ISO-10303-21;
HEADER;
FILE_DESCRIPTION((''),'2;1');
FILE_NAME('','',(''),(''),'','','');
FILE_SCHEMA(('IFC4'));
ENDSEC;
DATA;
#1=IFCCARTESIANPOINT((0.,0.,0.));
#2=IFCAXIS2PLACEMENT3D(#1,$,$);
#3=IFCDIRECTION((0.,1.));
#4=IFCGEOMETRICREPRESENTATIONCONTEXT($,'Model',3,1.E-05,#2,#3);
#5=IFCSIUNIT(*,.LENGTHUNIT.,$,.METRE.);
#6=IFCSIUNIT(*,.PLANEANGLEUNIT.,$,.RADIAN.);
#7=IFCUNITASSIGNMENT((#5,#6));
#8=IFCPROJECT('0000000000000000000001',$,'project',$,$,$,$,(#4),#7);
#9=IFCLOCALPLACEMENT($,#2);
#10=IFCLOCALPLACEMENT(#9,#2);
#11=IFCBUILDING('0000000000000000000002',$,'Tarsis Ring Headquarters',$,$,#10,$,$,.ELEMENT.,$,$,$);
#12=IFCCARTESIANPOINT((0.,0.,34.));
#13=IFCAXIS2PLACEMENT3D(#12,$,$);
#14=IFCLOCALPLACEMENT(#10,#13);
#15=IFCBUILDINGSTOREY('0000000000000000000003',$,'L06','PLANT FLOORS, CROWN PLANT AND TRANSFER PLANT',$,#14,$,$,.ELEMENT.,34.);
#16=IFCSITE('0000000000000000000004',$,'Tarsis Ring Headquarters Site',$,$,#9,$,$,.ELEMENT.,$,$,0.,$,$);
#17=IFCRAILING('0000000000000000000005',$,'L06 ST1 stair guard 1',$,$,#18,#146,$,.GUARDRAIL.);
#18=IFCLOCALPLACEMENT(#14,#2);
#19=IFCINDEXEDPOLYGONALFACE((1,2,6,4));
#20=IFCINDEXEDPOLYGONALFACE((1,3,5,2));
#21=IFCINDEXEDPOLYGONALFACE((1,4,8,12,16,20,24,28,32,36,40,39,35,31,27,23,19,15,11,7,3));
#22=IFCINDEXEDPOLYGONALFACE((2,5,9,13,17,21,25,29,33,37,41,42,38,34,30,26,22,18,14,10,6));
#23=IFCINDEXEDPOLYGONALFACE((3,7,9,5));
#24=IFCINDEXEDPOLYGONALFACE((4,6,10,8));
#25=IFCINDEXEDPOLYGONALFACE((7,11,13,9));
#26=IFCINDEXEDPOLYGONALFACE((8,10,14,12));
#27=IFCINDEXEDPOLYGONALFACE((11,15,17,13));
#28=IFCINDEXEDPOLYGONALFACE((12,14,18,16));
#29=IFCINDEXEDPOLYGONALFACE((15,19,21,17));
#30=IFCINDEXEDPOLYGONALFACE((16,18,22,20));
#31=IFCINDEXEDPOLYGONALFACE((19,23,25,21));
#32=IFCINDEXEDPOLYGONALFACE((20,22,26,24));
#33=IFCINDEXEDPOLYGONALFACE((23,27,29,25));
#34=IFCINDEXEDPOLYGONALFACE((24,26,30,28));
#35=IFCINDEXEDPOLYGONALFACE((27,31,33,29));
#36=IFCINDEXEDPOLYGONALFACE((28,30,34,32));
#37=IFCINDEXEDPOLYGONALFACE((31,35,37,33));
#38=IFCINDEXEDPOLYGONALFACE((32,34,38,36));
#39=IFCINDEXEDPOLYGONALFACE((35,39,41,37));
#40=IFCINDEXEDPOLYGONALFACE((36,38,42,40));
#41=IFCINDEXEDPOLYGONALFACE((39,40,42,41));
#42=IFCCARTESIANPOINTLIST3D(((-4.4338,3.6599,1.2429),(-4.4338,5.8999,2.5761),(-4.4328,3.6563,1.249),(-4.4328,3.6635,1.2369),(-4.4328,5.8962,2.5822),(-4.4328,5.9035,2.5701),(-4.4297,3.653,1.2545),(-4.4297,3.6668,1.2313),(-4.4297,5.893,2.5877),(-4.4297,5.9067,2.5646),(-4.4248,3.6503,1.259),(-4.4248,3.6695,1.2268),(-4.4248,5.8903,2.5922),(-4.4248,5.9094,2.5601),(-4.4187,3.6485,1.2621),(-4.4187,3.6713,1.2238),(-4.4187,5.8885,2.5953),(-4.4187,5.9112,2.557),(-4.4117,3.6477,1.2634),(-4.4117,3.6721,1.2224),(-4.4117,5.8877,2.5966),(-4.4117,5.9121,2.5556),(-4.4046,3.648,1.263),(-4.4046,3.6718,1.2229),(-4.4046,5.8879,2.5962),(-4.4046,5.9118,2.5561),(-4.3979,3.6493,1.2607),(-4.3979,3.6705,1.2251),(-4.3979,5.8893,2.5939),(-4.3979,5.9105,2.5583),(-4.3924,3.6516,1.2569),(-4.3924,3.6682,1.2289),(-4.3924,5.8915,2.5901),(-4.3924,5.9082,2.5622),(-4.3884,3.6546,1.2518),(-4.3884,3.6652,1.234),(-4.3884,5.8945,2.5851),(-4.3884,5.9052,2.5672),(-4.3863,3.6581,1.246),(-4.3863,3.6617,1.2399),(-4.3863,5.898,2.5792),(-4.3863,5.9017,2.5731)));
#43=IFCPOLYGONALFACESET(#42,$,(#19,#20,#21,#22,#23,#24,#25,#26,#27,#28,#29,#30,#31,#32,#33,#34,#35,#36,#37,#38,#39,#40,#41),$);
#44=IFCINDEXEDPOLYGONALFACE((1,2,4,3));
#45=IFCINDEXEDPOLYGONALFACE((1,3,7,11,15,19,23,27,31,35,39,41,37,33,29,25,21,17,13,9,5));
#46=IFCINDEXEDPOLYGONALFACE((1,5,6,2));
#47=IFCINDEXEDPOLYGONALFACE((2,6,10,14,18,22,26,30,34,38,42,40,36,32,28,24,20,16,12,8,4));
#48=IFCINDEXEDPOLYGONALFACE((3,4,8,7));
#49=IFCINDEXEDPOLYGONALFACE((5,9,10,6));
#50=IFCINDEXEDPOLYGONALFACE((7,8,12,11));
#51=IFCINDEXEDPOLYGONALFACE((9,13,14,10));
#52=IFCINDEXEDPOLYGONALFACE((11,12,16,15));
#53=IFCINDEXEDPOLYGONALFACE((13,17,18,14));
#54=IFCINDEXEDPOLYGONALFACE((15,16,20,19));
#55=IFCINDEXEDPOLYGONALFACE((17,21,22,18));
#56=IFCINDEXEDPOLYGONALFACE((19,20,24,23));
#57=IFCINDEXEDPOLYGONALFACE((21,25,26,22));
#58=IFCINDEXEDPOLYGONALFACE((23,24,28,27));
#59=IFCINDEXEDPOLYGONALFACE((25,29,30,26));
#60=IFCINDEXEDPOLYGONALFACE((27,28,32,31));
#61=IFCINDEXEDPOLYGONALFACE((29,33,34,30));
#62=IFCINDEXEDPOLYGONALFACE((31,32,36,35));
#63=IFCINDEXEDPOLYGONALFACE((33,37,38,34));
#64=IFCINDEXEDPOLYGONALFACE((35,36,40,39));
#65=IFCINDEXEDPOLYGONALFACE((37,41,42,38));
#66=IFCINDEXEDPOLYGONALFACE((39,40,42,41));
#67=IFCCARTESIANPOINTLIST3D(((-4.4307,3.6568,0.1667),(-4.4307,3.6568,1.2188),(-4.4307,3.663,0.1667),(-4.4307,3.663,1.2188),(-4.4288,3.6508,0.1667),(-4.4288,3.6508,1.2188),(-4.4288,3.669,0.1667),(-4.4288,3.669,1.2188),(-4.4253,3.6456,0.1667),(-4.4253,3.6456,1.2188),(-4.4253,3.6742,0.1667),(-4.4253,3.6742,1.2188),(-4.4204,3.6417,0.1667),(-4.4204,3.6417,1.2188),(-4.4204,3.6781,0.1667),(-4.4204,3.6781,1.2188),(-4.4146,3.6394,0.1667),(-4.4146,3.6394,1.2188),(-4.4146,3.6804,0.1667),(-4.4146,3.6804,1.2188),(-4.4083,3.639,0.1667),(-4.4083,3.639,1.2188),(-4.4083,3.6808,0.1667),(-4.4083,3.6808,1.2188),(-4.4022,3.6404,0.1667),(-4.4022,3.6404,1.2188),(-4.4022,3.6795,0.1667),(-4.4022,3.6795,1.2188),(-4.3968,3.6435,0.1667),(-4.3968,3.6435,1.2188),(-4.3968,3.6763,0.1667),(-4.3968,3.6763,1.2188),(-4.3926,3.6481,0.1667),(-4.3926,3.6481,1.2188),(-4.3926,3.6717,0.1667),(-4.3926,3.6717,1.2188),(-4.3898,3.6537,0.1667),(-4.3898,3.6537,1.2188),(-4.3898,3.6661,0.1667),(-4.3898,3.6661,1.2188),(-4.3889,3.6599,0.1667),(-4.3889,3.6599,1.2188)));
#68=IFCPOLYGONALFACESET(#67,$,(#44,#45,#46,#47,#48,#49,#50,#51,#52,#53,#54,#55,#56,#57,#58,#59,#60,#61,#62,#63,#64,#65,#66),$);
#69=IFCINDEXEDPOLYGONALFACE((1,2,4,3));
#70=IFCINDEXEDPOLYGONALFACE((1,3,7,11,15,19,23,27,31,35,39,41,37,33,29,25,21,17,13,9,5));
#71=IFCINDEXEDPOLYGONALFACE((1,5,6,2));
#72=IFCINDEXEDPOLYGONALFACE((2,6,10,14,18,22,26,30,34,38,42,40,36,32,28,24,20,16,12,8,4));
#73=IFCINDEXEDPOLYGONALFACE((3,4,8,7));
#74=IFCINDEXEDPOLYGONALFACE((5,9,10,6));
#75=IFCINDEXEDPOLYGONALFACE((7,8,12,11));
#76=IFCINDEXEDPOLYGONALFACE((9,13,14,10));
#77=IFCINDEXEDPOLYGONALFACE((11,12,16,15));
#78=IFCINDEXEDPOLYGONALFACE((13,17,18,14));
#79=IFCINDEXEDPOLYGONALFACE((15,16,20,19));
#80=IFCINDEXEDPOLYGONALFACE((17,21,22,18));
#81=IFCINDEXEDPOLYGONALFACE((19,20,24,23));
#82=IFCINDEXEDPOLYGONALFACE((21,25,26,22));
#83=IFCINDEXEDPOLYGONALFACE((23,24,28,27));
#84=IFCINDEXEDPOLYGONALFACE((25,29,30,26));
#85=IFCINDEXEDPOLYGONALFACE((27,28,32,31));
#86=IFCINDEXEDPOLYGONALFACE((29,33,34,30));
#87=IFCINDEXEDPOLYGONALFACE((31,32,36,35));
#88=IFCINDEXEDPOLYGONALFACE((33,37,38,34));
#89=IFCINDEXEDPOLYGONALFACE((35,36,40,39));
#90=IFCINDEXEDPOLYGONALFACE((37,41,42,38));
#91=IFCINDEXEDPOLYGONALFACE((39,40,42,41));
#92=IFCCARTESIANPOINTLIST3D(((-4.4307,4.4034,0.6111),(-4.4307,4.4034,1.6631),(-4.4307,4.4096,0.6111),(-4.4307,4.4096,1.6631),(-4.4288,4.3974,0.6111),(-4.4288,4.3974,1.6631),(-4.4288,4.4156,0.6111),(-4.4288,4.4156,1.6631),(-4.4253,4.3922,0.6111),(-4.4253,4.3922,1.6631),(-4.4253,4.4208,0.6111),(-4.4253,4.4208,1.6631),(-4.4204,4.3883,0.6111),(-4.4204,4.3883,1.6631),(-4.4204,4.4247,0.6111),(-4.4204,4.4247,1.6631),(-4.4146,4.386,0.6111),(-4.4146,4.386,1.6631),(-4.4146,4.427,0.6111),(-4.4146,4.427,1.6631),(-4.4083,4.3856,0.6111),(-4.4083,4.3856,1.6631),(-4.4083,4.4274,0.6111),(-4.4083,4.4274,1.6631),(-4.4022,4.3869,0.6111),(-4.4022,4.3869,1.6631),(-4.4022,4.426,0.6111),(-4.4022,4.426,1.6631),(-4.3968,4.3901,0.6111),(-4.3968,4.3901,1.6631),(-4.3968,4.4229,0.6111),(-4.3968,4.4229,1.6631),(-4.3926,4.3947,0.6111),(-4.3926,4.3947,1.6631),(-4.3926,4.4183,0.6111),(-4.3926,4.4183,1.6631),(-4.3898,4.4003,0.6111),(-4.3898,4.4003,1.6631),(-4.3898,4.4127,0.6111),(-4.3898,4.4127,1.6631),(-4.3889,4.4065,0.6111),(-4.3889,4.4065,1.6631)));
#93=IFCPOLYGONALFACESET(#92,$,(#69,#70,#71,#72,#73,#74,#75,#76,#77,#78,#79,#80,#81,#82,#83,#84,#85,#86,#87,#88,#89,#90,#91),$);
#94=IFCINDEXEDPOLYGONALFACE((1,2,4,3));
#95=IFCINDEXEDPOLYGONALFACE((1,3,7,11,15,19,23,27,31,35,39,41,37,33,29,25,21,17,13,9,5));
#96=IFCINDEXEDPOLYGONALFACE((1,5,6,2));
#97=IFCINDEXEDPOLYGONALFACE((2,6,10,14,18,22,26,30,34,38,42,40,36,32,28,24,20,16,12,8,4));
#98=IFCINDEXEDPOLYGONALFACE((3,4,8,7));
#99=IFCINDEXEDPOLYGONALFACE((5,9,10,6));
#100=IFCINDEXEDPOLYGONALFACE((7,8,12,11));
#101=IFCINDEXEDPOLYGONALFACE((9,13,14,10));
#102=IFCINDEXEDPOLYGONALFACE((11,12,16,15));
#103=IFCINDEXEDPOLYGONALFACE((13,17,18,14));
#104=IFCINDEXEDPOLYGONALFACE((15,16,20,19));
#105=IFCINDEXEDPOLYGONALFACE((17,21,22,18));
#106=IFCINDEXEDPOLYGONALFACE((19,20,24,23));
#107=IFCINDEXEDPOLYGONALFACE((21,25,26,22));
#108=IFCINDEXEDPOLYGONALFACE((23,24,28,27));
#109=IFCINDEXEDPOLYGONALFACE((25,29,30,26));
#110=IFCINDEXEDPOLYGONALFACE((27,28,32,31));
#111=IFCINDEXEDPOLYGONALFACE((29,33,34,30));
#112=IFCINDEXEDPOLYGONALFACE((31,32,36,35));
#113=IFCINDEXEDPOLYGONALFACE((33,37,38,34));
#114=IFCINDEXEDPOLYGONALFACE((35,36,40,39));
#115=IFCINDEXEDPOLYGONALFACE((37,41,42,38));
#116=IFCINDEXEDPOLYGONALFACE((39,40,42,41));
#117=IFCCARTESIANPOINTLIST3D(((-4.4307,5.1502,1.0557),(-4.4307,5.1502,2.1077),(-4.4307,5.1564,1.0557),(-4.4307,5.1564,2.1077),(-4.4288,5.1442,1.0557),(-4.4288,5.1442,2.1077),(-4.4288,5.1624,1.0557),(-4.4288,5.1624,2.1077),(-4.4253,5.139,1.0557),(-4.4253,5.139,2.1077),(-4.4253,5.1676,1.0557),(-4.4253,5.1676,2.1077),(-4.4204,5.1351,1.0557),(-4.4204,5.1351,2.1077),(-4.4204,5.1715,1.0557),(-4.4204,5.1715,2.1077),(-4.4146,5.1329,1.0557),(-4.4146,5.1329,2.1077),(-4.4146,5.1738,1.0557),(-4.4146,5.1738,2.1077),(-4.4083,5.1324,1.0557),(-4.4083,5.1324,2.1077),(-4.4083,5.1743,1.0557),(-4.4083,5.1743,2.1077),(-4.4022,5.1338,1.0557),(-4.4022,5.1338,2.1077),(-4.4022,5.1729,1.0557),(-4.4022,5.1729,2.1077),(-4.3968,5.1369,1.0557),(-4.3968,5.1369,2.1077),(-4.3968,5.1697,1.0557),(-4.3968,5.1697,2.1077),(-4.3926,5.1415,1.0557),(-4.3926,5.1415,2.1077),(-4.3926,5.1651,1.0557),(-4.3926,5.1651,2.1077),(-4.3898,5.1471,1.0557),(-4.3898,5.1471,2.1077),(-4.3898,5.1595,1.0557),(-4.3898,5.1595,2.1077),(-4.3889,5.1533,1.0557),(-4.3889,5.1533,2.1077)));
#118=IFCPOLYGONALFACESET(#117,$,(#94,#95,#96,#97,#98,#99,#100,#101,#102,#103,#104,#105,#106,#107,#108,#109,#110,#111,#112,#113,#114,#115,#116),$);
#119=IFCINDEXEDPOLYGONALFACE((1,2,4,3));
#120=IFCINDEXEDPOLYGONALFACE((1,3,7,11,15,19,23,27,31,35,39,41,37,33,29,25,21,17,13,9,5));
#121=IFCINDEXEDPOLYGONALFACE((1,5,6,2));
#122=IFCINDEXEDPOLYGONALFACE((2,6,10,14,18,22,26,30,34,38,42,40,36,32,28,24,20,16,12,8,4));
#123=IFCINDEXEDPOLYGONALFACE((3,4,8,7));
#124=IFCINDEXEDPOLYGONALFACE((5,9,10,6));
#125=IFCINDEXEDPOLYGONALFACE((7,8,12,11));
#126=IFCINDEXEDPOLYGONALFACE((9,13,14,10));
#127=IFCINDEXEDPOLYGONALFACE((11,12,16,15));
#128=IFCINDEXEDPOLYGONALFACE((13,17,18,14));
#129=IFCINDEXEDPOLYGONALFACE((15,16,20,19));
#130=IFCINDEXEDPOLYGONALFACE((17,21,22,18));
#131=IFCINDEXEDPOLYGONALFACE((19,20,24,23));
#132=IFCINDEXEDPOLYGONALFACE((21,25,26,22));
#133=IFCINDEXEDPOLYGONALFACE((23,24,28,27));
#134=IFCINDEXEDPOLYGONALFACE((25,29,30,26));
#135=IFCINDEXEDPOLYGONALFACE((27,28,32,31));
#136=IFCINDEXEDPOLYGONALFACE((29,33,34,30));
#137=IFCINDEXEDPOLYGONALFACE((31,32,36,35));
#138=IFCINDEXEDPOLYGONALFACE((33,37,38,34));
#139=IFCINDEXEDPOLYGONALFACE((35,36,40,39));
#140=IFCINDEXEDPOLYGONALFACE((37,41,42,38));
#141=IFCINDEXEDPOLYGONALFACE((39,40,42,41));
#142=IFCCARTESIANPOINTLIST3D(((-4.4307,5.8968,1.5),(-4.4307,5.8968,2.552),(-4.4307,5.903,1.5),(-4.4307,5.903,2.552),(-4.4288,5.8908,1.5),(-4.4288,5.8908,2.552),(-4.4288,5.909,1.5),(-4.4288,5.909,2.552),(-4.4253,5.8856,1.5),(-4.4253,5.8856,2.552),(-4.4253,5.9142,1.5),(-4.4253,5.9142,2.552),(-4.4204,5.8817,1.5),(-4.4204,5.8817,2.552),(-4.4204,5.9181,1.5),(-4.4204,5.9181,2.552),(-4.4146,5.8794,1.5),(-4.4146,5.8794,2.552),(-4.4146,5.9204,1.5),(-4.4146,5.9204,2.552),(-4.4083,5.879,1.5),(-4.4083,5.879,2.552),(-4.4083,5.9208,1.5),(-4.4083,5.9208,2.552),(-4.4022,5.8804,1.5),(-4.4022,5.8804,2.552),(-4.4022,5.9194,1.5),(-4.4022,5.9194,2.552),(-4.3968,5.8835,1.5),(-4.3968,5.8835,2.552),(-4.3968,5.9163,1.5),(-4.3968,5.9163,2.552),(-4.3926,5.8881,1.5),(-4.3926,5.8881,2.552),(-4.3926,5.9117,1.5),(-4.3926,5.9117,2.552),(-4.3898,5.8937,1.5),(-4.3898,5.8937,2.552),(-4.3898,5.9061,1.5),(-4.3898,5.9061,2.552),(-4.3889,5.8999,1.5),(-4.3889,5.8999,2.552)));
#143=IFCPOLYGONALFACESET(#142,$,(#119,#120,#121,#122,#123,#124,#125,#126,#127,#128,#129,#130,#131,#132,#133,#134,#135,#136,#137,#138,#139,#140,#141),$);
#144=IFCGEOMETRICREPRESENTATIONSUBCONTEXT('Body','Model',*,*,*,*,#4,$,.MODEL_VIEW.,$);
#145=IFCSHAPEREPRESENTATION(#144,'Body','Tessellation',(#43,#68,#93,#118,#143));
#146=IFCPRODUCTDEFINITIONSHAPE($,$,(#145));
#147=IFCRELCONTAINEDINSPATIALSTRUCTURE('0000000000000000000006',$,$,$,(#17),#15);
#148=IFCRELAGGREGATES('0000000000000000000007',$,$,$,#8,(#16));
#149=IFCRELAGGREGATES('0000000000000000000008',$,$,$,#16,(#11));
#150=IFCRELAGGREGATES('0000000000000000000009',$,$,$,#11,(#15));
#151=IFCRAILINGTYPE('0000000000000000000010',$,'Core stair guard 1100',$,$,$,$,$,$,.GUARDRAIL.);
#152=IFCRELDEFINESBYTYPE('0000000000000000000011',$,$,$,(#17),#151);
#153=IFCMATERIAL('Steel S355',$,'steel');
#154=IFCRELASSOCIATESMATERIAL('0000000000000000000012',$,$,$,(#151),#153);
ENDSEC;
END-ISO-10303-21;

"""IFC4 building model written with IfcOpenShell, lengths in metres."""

from ifc_helpers import new_model, si_unit, direction, frame, origin, origin_2d, place, context, subcontext, project, spatial, circle, extrude, material, type_object, element, save


model = new_model("IFC4")

# Units and contexts
model_context = context("Model", 3, precision=1e-05, world=origin(), true_north=direction((0.0, 1.0)))
body_context = subcontext(model_context, "Body", "Model", "MODEL_VIEW")
ifc_project = project(units=[si_unit("LENGTHUNIT", "METRE"), si_unit("PLANEANGLEUNIT", "RADIAN")], contexts=[model_context])

# Site, building, storey
site_placement = place(None, origin())
site = spatial("IfcSite", under=ifc_project, at=site_placement, Name="Tarsis Ring Headquarters Site", CompositionType="ELEMENT", RefElevation=0.0)
building_placement = place(site_placement, origin())
building = spatial("IfcBuilding", under=site, at=building_placement, Name="Tarsis Ring Headquarters", CompositionType="ELEMENT")
storey_placement = place(building_placement, frame((0.0, 0.0, 34.0)))
storey = spatial("IfcBuildingStorey", under=building, at=storey_placement, Name="L06", Description="PLANT FLOORS, CROWN PLANT AND TRANSFER PLANT", CompositionType="ELEMENT", Elevation=34.0)

# Shared definitions
ifc_material_1 = material(Name="Steel S355", Category="steel")

# Railing
railing_type_1 = type_object("IfcRailingType", Name="Core stair guard 1100", PredefinedType="GUARDRAIL", material=ifc_material_1)
railing_1_placement = place(storey_placement, frame((-4.4099, 3.6599, 0.1667)))
element("IfcRailing", 1, at=railing_1_placement, inside=storey, type_object=railing_type_1, Name="L06 ST1 stair guard 1", PredefinedType="GUARDRAIL", context=body_context, shape_type="SweptSolid", body=[
    extrude(circle(Radius=0.0239, at=origin_2d()), frame((0.0, 0.0, 1.0762), z_axis=(0.0, 0.859306, 0.511462), x_axis=(-1.0, 0.0, 0.0)), (0.0, 0.0, 1.0), 2.6067),
    extrude(circle(Radius=0.021, at=origin_2d()), origin(), (0.0, 0.0, 1.0), 1.052),
    extrude(circle(Radius=0.021, at=origin_2d()), frame((0.0, 0.7466, 0.4443)), (0.0, 0.0, 1.0), 1.052),
    extrude(circle(Radius=0.021, at=origin_2d()), frame((0.0, 1.4934, 0.8889)), (0.0, 0.0, 1.0), 1.052),
    extrude(circle(Radius=0.021, at=origin_2d()), frame((0.0, 2.24, 1.3333)), (0.0, 0.0, 1.0), 1.052),
])

save(model, "model.ifc")
